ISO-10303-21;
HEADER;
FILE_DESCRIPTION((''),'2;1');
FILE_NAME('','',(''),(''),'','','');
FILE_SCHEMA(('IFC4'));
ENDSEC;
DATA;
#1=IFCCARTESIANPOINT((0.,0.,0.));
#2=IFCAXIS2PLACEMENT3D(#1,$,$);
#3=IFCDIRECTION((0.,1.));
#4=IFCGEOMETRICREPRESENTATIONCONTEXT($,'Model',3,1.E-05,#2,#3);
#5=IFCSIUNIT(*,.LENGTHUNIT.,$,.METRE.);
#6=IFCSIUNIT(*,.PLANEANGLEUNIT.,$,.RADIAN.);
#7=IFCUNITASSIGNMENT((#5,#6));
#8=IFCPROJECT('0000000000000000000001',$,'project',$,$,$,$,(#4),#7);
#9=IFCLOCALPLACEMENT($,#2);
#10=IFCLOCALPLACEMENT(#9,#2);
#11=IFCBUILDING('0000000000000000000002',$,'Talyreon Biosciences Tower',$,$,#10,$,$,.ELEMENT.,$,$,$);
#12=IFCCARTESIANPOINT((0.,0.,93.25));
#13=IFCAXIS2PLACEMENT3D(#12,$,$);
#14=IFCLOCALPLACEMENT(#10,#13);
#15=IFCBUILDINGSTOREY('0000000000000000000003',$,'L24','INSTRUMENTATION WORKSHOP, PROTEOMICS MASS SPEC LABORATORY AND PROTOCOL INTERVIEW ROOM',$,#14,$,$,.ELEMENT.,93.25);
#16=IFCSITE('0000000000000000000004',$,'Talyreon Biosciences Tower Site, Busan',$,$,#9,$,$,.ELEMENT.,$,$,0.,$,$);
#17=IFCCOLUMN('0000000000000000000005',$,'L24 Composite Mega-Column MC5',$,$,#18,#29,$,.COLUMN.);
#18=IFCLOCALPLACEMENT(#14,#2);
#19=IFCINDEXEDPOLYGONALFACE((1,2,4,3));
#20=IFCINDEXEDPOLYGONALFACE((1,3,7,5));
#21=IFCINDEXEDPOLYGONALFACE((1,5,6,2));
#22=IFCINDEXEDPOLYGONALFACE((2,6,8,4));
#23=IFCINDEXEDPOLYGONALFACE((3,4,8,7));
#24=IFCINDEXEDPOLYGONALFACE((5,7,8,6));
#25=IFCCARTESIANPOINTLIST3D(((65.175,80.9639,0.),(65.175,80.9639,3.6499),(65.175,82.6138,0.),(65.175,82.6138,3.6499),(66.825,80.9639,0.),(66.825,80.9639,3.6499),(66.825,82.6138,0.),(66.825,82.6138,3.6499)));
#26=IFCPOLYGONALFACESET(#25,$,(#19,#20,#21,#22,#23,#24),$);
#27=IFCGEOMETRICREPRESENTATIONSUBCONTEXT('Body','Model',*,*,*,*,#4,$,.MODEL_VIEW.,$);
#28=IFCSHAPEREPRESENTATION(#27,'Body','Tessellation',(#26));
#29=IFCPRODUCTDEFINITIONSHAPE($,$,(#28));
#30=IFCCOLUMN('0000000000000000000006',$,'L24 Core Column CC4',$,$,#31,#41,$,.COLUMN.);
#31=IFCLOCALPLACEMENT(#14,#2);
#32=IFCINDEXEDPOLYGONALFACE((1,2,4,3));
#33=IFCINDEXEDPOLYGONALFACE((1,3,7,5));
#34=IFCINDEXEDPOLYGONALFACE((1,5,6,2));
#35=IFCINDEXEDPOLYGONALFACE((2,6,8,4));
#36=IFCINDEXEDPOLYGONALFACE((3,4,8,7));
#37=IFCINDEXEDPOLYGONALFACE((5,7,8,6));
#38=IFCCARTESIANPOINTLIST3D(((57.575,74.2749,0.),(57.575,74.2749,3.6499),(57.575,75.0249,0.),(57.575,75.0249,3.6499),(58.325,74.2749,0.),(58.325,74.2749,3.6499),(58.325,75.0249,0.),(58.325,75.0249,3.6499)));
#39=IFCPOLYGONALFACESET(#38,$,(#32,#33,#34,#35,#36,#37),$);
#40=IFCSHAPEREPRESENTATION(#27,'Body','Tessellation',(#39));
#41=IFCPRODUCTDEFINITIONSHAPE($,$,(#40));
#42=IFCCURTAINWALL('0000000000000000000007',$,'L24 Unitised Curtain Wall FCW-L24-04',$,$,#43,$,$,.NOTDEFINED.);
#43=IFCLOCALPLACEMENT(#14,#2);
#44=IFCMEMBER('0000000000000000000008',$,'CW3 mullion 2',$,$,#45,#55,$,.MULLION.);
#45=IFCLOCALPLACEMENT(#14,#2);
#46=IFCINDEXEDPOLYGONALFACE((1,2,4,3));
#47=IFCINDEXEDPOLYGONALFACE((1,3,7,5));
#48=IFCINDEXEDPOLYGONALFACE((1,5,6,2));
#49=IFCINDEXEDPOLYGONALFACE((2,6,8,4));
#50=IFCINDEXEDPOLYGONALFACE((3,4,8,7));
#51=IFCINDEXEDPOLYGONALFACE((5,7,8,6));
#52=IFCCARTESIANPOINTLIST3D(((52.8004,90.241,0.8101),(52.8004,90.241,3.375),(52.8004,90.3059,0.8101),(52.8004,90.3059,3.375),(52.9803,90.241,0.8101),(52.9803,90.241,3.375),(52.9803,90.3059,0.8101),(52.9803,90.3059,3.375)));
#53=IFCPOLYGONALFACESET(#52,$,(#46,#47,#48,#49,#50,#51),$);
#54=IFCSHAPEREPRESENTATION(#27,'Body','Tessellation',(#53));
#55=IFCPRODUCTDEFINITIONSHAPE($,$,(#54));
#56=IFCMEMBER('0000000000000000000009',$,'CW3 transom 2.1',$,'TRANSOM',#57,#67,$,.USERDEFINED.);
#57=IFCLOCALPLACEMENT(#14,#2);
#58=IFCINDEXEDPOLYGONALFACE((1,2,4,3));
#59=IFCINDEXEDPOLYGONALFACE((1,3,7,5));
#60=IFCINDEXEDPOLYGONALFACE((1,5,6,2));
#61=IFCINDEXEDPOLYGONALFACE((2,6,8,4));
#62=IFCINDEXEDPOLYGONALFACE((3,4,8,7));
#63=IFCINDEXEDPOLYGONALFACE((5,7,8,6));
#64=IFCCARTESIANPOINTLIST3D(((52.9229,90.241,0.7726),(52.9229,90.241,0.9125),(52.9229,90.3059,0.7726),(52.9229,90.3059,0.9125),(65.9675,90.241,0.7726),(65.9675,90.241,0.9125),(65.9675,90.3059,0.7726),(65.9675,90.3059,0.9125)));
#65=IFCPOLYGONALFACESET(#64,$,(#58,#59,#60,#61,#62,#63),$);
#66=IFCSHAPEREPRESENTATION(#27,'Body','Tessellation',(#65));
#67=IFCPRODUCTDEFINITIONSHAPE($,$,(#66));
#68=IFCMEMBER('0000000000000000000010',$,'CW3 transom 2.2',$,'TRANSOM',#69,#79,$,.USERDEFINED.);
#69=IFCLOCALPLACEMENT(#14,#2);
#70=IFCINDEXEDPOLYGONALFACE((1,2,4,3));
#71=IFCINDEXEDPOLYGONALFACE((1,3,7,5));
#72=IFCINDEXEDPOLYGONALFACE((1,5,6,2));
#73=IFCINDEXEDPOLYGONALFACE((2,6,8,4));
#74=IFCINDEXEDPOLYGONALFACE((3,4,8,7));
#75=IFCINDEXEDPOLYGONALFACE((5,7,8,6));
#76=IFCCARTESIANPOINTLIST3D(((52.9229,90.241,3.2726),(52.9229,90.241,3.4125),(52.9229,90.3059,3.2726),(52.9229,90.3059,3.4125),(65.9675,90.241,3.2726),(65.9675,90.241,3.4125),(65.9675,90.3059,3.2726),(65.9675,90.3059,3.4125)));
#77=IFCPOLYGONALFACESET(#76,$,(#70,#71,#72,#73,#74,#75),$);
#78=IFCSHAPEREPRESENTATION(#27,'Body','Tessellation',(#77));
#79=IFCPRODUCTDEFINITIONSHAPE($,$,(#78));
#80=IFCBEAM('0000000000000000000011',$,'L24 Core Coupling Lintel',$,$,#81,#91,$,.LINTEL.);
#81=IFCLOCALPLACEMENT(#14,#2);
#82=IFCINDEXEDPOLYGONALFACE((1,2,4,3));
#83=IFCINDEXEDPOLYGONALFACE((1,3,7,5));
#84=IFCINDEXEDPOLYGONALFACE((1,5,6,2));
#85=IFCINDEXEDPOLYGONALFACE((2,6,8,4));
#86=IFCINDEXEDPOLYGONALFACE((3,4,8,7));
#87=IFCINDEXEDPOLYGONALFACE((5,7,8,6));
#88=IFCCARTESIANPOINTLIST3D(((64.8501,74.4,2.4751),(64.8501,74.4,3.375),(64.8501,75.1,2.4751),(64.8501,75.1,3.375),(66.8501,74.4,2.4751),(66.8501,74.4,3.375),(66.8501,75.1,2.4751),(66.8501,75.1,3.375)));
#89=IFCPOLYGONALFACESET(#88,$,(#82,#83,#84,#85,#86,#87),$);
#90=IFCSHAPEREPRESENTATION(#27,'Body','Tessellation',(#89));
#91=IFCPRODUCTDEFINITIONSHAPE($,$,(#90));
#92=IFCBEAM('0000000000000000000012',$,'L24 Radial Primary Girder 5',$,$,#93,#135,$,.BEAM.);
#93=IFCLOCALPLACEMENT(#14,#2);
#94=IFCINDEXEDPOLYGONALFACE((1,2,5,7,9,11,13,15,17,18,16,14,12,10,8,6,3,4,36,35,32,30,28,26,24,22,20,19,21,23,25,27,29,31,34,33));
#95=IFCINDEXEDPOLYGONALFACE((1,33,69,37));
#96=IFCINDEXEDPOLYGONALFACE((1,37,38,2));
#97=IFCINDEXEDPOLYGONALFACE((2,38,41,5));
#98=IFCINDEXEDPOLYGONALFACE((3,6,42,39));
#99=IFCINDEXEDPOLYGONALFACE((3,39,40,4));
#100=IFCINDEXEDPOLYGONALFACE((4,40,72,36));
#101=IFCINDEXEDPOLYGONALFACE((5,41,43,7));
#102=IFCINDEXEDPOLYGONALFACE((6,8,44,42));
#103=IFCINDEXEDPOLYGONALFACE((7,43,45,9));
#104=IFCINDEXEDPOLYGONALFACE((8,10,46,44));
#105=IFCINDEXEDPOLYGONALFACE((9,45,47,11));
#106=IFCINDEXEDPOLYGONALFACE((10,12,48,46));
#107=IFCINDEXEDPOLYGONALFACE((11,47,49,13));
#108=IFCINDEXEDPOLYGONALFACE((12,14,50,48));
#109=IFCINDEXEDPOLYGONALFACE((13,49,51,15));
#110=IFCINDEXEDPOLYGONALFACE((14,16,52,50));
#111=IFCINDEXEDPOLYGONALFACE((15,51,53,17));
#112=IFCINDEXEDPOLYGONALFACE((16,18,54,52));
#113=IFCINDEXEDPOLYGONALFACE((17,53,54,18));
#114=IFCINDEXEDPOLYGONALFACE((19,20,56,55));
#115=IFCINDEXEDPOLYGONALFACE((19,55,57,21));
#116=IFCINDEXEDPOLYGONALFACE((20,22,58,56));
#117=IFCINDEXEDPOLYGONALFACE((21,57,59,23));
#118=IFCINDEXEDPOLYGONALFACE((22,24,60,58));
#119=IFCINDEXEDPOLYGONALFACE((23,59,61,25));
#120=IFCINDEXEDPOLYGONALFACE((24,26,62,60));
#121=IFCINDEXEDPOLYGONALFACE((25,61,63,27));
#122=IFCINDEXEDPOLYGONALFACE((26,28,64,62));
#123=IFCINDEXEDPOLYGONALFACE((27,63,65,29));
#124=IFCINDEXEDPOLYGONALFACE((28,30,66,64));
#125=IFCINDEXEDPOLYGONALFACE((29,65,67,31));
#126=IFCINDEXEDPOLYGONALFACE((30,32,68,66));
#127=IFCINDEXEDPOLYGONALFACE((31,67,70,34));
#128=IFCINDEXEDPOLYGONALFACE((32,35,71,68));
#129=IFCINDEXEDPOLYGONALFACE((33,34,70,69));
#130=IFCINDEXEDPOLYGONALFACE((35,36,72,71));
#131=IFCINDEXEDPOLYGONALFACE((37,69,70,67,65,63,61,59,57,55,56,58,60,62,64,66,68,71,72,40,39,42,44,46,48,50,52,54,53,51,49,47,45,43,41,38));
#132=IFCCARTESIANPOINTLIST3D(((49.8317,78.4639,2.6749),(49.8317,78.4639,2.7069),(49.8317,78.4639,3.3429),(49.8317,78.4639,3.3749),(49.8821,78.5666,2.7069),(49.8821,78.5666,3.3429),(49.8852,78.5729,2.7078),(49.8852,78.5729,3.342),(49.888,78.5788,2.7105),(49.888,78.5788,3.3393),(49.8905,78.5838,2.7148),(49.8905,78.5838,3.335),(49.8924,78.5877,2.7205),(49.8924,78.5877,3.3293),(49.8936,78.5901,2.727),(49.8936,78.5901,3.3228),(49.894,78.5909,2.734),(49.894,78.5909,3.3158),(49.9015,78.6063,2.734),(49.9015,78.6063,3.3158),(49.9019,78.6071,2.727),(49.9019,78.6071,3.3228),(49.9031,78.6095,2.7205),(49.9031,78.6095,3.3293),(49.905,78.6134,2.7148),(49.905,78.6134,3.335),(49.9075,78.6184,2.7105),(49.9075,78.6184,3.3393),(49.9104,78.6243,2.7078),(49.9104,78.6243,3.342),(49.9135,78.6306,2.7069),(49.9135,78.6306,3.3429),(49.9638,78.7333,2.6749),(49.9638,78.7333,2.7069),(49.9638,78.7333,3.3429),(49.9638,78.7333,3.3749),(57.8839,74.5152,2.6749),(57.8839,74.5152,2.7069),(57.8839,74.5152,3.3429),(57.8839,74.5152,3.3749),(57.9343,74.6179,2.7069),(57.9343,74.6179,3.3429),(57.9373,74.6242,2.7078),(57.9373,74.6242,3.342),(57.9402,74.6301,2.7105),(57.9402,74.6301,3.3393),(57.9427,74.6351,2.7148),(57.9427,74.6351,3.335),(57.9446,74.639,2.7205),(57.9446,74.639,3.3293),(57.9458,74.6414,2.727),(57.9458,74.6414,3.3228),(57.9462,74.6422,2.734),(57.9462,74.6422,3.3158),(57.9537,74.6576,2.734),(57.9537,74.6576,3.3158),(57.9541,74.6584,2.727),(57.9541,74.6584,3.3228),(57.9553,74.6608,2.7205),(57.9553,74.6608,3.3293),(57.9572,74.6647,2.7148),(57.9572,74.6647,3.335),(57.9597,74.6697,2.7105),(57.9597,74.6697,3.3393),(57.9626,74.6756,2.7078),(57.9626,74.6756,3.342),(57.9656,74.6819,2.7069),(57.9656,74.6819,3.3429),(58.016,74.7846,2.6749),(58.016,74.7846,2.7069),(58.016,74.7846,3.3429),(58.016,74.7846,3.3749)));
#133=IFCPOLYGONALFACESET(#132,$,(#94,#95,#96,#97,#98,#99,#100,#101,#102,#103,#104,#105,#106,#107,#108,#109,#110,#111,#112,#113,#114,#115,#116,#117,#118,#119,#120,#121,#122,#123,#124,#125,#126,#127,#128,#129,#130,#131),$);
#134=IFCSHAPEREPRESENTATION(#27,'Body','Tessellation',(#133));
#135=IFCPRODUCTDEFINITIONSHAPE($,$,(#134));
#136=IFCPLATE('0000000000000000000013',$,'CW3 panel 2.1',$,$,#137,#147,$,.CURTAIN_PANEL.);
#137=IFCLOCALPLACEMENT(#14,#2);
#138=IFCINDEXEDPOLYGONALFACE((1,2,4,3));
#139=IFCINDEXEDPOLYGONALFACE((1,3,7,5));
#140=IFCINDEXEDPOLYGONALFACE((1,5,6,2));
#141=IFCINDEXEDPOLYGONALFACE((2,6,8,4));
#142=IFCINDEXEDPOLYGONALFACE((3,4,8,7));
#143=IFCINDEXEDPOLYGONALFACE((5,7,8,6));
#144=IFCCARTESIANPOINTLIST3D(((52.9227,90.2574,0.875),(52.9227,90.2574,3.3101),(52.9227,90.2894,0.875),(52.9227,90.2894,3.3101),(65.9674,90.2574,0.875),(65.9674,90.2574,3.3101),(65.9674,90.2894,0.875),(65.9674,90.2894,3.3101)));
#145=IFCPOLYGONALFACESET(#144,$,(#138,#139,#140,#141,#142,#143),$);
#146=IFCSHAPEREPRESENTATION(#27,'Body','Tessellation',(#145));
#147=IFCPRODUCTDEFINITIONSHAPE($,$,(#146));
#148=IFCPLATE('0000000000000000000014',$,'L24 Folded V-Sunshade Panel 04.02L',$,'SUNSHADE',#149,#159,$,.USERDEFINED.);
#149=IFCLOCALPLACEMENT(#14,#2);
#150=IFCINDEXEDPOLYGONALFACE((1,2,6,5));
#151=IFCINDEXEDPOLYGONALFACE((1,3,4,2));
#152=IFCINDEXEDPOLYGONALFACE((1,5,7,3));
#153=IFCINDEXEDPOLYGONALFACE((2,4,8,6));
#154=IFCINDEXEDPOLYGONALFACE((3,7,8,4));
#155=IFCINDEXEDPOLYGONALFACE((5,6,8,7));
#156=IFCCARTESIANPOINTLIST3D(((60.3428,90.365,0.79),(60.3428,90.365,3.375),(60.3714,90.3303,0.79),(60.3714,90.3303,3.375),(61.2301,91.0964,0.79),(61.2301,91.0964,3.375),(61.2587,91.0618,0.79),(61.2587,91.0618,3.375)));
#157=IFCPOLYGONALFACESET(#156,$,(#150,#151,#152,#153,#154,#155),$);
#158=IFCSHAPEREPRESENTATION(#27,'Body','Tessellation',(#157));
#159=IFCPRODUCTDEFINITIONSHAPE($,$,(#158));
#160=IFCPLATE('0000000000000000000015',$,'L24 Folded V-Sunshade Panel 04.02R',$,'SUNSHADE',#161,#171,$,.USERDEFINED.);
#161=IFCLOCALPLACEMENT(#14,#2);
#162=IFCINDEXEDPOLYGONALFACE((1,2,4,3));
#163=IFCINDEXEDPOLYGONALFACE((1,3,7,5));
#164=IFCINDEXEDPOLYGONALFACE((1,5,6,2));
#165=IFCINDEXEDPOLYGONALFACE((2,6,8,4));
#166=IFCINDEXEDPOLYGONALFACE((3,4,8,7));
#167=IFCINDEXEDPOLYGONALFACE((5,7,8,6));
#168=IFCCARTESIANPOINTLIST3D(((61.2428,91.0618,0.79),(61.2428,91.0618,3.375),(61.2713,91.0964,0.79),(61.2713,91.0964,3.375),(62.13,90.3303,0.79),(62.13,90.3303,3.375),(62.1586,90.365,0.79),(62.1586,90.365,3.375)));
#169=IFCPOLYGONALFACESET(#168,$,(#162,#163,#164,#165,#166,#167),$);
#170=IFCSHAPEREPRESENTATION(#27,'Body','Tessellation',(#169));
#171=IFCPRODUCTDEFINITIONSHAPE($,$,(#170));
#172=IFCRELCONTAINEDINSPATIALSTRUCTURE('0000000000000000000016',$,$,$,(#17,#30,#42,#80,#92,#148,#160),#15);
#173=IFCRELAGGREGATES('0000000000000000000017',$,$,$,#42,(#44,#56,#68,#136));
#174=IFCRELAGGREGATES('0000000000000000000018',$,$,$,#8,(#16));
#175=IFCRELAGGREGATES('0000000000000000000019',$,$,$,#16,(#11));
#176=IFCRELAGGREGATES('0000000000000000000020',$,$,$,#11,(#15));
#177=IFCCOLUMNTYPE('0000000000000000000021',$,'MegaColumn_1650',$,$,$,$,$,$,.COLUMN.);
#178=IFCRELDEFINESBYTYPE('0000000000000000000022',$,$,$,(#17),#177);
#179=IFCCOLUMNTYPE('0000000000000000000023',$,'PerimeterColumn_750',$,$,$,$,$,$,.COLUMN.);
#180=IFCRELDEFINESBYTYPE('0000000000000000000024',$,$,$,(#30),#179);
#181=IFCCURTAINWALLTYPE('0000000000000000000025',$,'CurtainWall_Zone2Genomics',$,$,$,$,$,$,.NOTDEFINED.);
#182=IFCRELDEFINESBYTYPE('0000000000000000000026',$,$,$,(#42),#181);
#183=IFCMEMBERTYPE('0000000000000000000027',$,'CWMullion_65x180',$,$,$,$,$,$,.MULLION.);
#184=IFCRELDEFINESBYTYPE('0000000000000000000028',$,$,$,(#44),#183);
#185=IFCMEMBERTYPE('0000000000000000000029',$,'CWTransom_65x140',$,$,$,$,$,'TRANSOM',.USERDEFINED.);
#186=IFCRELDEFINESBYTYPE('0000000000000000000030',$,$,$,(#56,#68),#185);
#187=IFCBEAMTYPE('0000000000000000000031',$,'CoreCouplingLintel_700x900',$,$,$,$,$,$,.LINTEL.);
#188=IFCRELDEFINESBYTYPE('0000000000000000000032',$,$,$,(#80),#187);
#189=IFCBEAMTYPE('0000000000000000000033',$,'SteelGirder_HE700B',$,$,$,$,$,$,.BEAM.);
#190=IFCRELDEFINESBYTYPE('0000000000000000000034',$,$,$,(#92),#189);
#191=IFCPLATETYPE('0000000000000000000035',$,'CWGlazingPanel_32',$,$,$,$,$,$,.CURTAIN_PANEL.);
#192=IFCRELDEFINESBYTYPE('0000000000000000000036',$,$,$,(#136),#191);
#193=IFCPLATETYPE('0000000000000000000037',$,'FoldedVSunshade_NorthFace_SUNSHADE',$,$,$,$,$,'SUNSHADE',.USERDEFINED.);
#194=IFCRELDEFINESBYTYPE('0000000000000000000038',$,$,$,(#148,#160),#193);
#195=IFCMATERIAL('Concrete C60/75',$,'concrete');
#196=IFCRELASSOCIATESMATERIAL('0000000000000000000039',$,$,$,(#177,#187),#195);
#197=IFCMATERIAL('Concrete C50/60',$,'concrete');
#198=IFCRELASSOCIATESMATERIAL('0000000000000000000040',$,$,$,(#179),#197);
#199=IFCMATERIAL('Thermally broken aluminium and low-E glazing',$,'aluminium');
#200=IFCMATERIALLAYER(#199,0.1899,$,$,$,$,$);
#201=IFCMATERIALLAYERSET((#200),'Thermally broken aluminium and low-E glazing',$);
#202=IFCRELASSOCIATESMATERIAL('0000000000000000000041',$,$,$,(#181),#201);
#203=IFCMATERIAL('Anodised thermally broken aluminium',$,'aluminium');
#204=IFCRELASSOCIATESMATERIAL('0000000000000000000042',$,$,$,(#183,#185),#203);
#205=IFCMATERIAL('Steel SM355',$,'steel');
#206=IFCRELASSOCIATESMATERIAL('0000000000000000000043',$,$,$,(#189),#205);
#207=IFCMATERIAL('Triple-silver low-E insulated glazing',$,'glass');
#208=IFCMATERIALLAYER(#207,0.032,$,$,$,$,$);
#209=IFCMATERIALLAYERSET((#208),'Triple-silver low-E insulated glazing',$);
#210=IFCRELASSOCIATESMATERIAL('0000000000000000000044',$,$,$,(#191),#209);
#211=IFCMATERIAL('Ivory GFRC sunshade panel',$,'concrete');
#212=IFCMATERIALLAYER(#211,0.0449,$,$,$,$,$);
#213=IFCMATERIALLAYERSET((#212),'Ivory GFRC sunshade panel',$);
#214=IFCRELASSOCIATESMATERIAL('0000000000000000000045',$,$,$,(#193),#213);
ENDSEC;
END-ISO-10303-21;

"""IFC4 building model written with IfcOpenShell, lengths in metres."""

from ifc_helpers import new_model, si_unit, direction, frame, origin, origin_2d, place, context, subcontext, project, spatial, rectangle, i_section, extrude, material, layer, layer_set, material_profile, profile_set, type_object, element, aggregate, save


model = new_model("IFC4")

# Units and contexts
model_context = context("Model", 3, precision=1e-05, world=origin(), true_north=direction((0.0, 1.0)))
body_context = subcontext(model_context, "Body", "Model", "MODEL_VIEW")
ifc_project = project(units=[si_unit("LENGTHUNIT", "METRE"), si_unit("PLANEANGLEUNIT", "RADIAN")], contexts=[model_context])

# Site, building, storey
site_placement = place(None, origin())
site = spatial("IfcSite", under=ifc_project, at=site_placement, Name="Talyreon Biosciences Tower Site, Busan", CompositionType="ELEMENT", RefElevation=0.0)
building_placement = place(site_placement, origin())
building = spatial("IfcBuilding", under=site, at=building_placement, Name="Talyreon Biosciences Tower", CompositionType="ELEMENT")
storey_placement = place(building_placement, frame((0.0, 0.0, 93.25)))
storey = spatial("IfcBuildingStorey", under=building, at=storey_placement, Name="L24", Description="INSTRUMENTATION WORKSHOP, PROTEOMICS MASS SPEC LABORATORY AND PROTOCOL INTERVIEW ROOM", CompositionType="ELEMENT", Elevation=93.25)

# Columns
ifc_material_1 = material(Name="Concrete C60/75", Category="concrete")
ifc_material_profile_1 = material_profile(ifc_material_1, rectangle(XDim=1.6499, YDim=1.6499, at=origin_2d()), Name="RC 1650x1650")
ifc_profile_set_1 = profile_set([ifc_material_profile_1], Name="Concrete C60/75")
column_type_1 = type_object("IfcColumnType", Name="MegaColumn_1650", PredefinedType="COLUMN", material=ifc_profile_set_1)
column_1_placement = place(storey_placement, frame((66.0, 81.7888, 0.0), z_axis=(0.0, 0.0, 1.0), x_axis=(1.0, 0.0, 0.0)))
element("IfcColumn", 1, at=column_1_placement, inside=storey, type_object=column_type_1, Name="L24 Composite Mega-Column MC5", PredefinedType="COLUMN", context=body_context, shape_type="SweptSolid", body=[
    extrude(rectangle(XDim=1.6499, YDim=1.6499, at=origin_2d()), origin(), (0.0, 0.0, 1.0), 3.6499),
])
ifc_material_2 = material(Name="Concrete C50/60", Category="concrete")
ifc_material_profile_2 = material_profile(ifc_material_2, rectangle(XDim=0.75, YDim=0.75, at=origin_2d()), Name="RC 750x750")
ifc_profile_set_2 = profile_set([ifc_material_profile_2], Name="Concrete C50/60")
column_type_2 = type_object("IfcColumnType", Name="PerimeterColumn_750", PredefinedType="COLUMN", material=ifc_profile_set_2)
column_2_placement = place(storey_placement, frame((57.95, 74.6499, 0.0), z_axis=(0.0, 0.0, 1.0), x_axis=(1.0, 0.0, 0.0)))
element("IfcColumn", 2, at=column_2_placement, inside=storey, type_object=column_type_2, Name="L24 Core Column CC4", PredefinedType="COLUMN", context=body_context, shape_type="SweptSolid", body=[
    extrude(rectangle(XDim=0.75, YDim=0.75, at=origin_2d()), origin(), (0.0, 0.0, 1.0), 3.6499),
])

# Curtain wall, members
ifc_material_3 = material(Name="Thermally broken aluminium and low-E glazing", Category="aluminium")
ifc_layer_1 = layer(ifc_material_3, 0.1899)
ifc_layer_set_1 = layer_set([ifc_layer_1], Name="Thermally broken aluminium and low-E glazing")
curtain_wall_type = type_object("IfcCurtainWallType", Name="CurtainWall_Zone2Genomics", PredefinedType="NOTDEFINED", material=ifc_layer_set_1)
curtain_wall_placement = place(storey_placement, origin())
curtain_wall = element("IfcCurtainWall", 3, at=curtain_wall_placement, inside=storey, type_object=curtain_wall_type, Name="L24 Unitised Curtain Wall FCW-L24-04", PredefinedType="NOTDEFINED")
ifc_material_4 = material(Name="Anodised thermally broken aluminium", Category="aluminium")
ifc_material_profile_3 = material_profile(ifc_material_4, rectangle(XDim=0.0649, YDim=0.1799, at=origin_2d()), Name="ALUM MULLION 65x180")
ifc_profile_set_3 = profile_set([ifc_material_profile_3], Name="Anodised thermally broken aluminium")
member_type_1 = type_object("IfcMemberType", Name="CWMullion_65x180", PredefinedType="MULLION", material=ifc_profile_set_3)
member_1_placement = place(storey_placement, frame((52.8904, 90.2734, 0.8101), z_axis=(0.0, 0.0, 1.0), x_axis=(0.0, 1.0, 0.0)))
member_1 = element("IfcMember", 4, at=member_1_placement, type_object=member_type_1, Name="CW3 mullion 2", PredefinedType="MULLION", context=body_context, shape_type="SweptSolid", body=[
    extrude(rectangle(XDim=0.0649, YDim=0.1799, at=origin_2d()), origin(), (0.0, 0.0, 1.0), 2.5649),
])
ifc_material_profile_4 = material_profile(ifc_material_4, rectangle(XDim=0.0649, YDim=0.1399, at=origin_2d()), Name="ALUM TRANSOM 65x140")
ifc_profile_set_4 = profile_set([ifc_material_profile_4], Name="Anodised thermally broken aluminium")
member_type_2 = type_object("IfcMemberType", Name="CWTransom_65x140", ElementType="TRANSOM", PredefinedType="USERDEFINED", material=ifc_profile_set_4)
member_2_placement = place(storey_placement, frame((52.9229, 90.2734, 0.8425), z_axis=(1.0, 0.0, 0.0), x_axis=(0.0, 1.0, 0.0)))
member_2 = element("IfcMember", 5, at=member_2_placement, type_object=member_type_2, Name="CW3 transom 2.1", ObjectType="TRANSOM", PredefinedType="USERDEFINED", context=body_context, shape_type="SweptSolid", body=[
    extrude(rectangle(XDim=0.0649, YDim=0.1399, at=origin_2d()), origin(), (0.0, 0.0, 1.0), 13.0447),
])
member_3_placement = place(storey_placement, frame((52.9229, 90.2734, 3.3425), z_axis=(1.0, 0.0, 0.0), x_axis=(0.0, 1.0, 0.0)))
member_3 = element("IfcMember", 6, at=member_3_placement, type_object=member_type_2, Name="CW3 transom 2.2", ObjectType="TRANSOM", PredefinedType="USERDEFINED", context=body_context, shape_type="SweptSolid", body=[
    extrude(rectangle(XDim=0.0649, YDim=0.1399, at=origin_2d()), origin(), (0.0, 0.0, 1.0), 13.0447),
])

# Beams
ifc_material_profile_5 = material_profile(ifc_material_1, rectangle(XDim=0.7, YDim=0.8999, at=origin_2d()), Name="RCB 700x900")
ifc_profile_set_5 = profile_set([ifc_material_profile_5], Name="Concrete C60/75")
beam_type_1 = type_object("IfcBeamType", Name="CoreCouplingLintel_700x900", PredefinedType="LINTEL", material=ifc_profile_set_5)
beam_1_placement = place(storey_placement, frame((64.8501, 74.75, 2.925), z_axis=(1.0, 0.0, 0.0), x_axis=(0.0, 1.0, 0.0)))
element("IfcBeam", 7, at=beam_1_placement, inside=storey, type_object=beam_type_1, Name="L24 Core Coupling Lintel", PredefinedType="LINTEL", context=body_context, shape_type="SweptSolid", body=[
    extrude(rectangle(XDim=0.7, YDim=0.8999, at=origin_2d()), origin(), (0.0, 0.0, 1.0), 2.0),
])
ifc_material_5 = material(Name="Steel SM355", Category="steel")
ifc_material_profile_6 = material_profile(ifc_material_5, i_section(OverallWidth=0.3, OverallDepth=0.7, WebThickness=0.0171, FlangeThickness=0.032, FilletRadius=0.0271, at=origin_2d()), Name="HE700B")
ifc_profile_set_6 = profile_set([ifc_material_profile_6], Name="Steel SM355")
beam_type_2 = type_object("IfcBeamType", Name="SteelGirder_HE700B", PredefinedType="BEAM", material=ifc_profile_set_6)
beam_2_placement = place(storey_placement, frame((57.95, 74.6499, 3.0249), z_axis=(-0.897852, 0.440297, 0.0), x_axis=(-0.440297, -0.897852, 0.0)))
element("IfcBeam", 8, at=beam_2_placement, inside=storey, type_object=beam_type_2, Name="L24 Radial Primary Girder 5", PredefinedType="BEAM", context=body_context, shape_type="SweptSolid", body=[
    extrude(i_section(OverallWidth=0.3, OverallDepth=0.7, WebThickness=0.0171, FlangeThickness=0.032, FilletRadius=0.0271, at=origin_2d()), origin(), (0.0, 0.0, 1.0), 8.9683),
])

# Plate
ifc_material_6 = material(Name="Triple-silver low-E insulated glazing", Category="glass")
ifc_layer_2 = layer(ifc_material_6, 0.032)
ifc_layer_set_2 = layer_set([ifc_layer_2], Name="Triple-silver low-E insulated glazing")
plate_type_1 = type_object("IfcPlateType", Name="CWGlazingPanel_32", PredefinedType="CURTAIN_PANEL", material=ifc_layer_set_2)
plate_placement = place(storey_placement, frame((59.4451, 90.2734, 0.875), z_axis=(0.0, 0.0, 1.0), x_axis=(1.0, 0.0, 0.0)))
plate = element("IfcPlate", 9, at=plate_placement, type_object=plate_type_1, Name="CW3 panel 2.1", PredefinedType="CURTAIN_PANEL", context=body_context, shape_type="SweptSolid", body=[
    extrude(rectangle(XDim=13.0447, YDim=0.032, at=origin_2d()), origin(), (0.0, 0.0, 1.0), 2.4351),
])
aggregate(curtain_wall, [member_1, member_2, member_3, plate])

# Plates
ifc_material_7 = material(Name="Ivory GFRC sunshade panel", Category="concrete")
ifc_layer_3 = layer(ifc_material_7, 0.0449)
ifc_layer_set_3 = layer_set([ifc_layer_3], Name="Ivory GFRC sunshade panel")
plate_type_2 = type_object("IfcPlateType", Name="FoldedVSunshade_NorthFace_SUNSHADE", ElementType="SUNSHADE", PredefinedType="USERDEFINED", material=ifc_layer_set_3)
for number, where, z_axis, x_axis, name in (
    (10, (60.8008, 90.7134, 0.79), (0.0, 0.0, 1.0), (0.771625, 0.636078, 0.0), "L24 Folded V-Sunshade Panel 04.02L"),
    (11, (61.7007, 90.7134, 0.79), (0.0, 0.0, 1.0), (0.771625, -0.636078, 0.0), "L24 Folded V-Sunshade Panel 04.02R"),
):
    element("IfcPlate", number, at=place(storey_placement, frame(where, z_axis=z_axis, x_axis=x_axis)), inside=storey, type_object=plate_type_2, Name=name, ObjectType="SUNSHADE", PredefinedType="USERDEFINED", context=body_context, shape_type="SweptSolid", body=[
        extrude(rectangle(XDim=1.1499, YDim=0.0449, at=origin_2d()), origin(), (0.0, 0.0, 1.0), 2.585),
    ])

save(model, "model.ifc")
